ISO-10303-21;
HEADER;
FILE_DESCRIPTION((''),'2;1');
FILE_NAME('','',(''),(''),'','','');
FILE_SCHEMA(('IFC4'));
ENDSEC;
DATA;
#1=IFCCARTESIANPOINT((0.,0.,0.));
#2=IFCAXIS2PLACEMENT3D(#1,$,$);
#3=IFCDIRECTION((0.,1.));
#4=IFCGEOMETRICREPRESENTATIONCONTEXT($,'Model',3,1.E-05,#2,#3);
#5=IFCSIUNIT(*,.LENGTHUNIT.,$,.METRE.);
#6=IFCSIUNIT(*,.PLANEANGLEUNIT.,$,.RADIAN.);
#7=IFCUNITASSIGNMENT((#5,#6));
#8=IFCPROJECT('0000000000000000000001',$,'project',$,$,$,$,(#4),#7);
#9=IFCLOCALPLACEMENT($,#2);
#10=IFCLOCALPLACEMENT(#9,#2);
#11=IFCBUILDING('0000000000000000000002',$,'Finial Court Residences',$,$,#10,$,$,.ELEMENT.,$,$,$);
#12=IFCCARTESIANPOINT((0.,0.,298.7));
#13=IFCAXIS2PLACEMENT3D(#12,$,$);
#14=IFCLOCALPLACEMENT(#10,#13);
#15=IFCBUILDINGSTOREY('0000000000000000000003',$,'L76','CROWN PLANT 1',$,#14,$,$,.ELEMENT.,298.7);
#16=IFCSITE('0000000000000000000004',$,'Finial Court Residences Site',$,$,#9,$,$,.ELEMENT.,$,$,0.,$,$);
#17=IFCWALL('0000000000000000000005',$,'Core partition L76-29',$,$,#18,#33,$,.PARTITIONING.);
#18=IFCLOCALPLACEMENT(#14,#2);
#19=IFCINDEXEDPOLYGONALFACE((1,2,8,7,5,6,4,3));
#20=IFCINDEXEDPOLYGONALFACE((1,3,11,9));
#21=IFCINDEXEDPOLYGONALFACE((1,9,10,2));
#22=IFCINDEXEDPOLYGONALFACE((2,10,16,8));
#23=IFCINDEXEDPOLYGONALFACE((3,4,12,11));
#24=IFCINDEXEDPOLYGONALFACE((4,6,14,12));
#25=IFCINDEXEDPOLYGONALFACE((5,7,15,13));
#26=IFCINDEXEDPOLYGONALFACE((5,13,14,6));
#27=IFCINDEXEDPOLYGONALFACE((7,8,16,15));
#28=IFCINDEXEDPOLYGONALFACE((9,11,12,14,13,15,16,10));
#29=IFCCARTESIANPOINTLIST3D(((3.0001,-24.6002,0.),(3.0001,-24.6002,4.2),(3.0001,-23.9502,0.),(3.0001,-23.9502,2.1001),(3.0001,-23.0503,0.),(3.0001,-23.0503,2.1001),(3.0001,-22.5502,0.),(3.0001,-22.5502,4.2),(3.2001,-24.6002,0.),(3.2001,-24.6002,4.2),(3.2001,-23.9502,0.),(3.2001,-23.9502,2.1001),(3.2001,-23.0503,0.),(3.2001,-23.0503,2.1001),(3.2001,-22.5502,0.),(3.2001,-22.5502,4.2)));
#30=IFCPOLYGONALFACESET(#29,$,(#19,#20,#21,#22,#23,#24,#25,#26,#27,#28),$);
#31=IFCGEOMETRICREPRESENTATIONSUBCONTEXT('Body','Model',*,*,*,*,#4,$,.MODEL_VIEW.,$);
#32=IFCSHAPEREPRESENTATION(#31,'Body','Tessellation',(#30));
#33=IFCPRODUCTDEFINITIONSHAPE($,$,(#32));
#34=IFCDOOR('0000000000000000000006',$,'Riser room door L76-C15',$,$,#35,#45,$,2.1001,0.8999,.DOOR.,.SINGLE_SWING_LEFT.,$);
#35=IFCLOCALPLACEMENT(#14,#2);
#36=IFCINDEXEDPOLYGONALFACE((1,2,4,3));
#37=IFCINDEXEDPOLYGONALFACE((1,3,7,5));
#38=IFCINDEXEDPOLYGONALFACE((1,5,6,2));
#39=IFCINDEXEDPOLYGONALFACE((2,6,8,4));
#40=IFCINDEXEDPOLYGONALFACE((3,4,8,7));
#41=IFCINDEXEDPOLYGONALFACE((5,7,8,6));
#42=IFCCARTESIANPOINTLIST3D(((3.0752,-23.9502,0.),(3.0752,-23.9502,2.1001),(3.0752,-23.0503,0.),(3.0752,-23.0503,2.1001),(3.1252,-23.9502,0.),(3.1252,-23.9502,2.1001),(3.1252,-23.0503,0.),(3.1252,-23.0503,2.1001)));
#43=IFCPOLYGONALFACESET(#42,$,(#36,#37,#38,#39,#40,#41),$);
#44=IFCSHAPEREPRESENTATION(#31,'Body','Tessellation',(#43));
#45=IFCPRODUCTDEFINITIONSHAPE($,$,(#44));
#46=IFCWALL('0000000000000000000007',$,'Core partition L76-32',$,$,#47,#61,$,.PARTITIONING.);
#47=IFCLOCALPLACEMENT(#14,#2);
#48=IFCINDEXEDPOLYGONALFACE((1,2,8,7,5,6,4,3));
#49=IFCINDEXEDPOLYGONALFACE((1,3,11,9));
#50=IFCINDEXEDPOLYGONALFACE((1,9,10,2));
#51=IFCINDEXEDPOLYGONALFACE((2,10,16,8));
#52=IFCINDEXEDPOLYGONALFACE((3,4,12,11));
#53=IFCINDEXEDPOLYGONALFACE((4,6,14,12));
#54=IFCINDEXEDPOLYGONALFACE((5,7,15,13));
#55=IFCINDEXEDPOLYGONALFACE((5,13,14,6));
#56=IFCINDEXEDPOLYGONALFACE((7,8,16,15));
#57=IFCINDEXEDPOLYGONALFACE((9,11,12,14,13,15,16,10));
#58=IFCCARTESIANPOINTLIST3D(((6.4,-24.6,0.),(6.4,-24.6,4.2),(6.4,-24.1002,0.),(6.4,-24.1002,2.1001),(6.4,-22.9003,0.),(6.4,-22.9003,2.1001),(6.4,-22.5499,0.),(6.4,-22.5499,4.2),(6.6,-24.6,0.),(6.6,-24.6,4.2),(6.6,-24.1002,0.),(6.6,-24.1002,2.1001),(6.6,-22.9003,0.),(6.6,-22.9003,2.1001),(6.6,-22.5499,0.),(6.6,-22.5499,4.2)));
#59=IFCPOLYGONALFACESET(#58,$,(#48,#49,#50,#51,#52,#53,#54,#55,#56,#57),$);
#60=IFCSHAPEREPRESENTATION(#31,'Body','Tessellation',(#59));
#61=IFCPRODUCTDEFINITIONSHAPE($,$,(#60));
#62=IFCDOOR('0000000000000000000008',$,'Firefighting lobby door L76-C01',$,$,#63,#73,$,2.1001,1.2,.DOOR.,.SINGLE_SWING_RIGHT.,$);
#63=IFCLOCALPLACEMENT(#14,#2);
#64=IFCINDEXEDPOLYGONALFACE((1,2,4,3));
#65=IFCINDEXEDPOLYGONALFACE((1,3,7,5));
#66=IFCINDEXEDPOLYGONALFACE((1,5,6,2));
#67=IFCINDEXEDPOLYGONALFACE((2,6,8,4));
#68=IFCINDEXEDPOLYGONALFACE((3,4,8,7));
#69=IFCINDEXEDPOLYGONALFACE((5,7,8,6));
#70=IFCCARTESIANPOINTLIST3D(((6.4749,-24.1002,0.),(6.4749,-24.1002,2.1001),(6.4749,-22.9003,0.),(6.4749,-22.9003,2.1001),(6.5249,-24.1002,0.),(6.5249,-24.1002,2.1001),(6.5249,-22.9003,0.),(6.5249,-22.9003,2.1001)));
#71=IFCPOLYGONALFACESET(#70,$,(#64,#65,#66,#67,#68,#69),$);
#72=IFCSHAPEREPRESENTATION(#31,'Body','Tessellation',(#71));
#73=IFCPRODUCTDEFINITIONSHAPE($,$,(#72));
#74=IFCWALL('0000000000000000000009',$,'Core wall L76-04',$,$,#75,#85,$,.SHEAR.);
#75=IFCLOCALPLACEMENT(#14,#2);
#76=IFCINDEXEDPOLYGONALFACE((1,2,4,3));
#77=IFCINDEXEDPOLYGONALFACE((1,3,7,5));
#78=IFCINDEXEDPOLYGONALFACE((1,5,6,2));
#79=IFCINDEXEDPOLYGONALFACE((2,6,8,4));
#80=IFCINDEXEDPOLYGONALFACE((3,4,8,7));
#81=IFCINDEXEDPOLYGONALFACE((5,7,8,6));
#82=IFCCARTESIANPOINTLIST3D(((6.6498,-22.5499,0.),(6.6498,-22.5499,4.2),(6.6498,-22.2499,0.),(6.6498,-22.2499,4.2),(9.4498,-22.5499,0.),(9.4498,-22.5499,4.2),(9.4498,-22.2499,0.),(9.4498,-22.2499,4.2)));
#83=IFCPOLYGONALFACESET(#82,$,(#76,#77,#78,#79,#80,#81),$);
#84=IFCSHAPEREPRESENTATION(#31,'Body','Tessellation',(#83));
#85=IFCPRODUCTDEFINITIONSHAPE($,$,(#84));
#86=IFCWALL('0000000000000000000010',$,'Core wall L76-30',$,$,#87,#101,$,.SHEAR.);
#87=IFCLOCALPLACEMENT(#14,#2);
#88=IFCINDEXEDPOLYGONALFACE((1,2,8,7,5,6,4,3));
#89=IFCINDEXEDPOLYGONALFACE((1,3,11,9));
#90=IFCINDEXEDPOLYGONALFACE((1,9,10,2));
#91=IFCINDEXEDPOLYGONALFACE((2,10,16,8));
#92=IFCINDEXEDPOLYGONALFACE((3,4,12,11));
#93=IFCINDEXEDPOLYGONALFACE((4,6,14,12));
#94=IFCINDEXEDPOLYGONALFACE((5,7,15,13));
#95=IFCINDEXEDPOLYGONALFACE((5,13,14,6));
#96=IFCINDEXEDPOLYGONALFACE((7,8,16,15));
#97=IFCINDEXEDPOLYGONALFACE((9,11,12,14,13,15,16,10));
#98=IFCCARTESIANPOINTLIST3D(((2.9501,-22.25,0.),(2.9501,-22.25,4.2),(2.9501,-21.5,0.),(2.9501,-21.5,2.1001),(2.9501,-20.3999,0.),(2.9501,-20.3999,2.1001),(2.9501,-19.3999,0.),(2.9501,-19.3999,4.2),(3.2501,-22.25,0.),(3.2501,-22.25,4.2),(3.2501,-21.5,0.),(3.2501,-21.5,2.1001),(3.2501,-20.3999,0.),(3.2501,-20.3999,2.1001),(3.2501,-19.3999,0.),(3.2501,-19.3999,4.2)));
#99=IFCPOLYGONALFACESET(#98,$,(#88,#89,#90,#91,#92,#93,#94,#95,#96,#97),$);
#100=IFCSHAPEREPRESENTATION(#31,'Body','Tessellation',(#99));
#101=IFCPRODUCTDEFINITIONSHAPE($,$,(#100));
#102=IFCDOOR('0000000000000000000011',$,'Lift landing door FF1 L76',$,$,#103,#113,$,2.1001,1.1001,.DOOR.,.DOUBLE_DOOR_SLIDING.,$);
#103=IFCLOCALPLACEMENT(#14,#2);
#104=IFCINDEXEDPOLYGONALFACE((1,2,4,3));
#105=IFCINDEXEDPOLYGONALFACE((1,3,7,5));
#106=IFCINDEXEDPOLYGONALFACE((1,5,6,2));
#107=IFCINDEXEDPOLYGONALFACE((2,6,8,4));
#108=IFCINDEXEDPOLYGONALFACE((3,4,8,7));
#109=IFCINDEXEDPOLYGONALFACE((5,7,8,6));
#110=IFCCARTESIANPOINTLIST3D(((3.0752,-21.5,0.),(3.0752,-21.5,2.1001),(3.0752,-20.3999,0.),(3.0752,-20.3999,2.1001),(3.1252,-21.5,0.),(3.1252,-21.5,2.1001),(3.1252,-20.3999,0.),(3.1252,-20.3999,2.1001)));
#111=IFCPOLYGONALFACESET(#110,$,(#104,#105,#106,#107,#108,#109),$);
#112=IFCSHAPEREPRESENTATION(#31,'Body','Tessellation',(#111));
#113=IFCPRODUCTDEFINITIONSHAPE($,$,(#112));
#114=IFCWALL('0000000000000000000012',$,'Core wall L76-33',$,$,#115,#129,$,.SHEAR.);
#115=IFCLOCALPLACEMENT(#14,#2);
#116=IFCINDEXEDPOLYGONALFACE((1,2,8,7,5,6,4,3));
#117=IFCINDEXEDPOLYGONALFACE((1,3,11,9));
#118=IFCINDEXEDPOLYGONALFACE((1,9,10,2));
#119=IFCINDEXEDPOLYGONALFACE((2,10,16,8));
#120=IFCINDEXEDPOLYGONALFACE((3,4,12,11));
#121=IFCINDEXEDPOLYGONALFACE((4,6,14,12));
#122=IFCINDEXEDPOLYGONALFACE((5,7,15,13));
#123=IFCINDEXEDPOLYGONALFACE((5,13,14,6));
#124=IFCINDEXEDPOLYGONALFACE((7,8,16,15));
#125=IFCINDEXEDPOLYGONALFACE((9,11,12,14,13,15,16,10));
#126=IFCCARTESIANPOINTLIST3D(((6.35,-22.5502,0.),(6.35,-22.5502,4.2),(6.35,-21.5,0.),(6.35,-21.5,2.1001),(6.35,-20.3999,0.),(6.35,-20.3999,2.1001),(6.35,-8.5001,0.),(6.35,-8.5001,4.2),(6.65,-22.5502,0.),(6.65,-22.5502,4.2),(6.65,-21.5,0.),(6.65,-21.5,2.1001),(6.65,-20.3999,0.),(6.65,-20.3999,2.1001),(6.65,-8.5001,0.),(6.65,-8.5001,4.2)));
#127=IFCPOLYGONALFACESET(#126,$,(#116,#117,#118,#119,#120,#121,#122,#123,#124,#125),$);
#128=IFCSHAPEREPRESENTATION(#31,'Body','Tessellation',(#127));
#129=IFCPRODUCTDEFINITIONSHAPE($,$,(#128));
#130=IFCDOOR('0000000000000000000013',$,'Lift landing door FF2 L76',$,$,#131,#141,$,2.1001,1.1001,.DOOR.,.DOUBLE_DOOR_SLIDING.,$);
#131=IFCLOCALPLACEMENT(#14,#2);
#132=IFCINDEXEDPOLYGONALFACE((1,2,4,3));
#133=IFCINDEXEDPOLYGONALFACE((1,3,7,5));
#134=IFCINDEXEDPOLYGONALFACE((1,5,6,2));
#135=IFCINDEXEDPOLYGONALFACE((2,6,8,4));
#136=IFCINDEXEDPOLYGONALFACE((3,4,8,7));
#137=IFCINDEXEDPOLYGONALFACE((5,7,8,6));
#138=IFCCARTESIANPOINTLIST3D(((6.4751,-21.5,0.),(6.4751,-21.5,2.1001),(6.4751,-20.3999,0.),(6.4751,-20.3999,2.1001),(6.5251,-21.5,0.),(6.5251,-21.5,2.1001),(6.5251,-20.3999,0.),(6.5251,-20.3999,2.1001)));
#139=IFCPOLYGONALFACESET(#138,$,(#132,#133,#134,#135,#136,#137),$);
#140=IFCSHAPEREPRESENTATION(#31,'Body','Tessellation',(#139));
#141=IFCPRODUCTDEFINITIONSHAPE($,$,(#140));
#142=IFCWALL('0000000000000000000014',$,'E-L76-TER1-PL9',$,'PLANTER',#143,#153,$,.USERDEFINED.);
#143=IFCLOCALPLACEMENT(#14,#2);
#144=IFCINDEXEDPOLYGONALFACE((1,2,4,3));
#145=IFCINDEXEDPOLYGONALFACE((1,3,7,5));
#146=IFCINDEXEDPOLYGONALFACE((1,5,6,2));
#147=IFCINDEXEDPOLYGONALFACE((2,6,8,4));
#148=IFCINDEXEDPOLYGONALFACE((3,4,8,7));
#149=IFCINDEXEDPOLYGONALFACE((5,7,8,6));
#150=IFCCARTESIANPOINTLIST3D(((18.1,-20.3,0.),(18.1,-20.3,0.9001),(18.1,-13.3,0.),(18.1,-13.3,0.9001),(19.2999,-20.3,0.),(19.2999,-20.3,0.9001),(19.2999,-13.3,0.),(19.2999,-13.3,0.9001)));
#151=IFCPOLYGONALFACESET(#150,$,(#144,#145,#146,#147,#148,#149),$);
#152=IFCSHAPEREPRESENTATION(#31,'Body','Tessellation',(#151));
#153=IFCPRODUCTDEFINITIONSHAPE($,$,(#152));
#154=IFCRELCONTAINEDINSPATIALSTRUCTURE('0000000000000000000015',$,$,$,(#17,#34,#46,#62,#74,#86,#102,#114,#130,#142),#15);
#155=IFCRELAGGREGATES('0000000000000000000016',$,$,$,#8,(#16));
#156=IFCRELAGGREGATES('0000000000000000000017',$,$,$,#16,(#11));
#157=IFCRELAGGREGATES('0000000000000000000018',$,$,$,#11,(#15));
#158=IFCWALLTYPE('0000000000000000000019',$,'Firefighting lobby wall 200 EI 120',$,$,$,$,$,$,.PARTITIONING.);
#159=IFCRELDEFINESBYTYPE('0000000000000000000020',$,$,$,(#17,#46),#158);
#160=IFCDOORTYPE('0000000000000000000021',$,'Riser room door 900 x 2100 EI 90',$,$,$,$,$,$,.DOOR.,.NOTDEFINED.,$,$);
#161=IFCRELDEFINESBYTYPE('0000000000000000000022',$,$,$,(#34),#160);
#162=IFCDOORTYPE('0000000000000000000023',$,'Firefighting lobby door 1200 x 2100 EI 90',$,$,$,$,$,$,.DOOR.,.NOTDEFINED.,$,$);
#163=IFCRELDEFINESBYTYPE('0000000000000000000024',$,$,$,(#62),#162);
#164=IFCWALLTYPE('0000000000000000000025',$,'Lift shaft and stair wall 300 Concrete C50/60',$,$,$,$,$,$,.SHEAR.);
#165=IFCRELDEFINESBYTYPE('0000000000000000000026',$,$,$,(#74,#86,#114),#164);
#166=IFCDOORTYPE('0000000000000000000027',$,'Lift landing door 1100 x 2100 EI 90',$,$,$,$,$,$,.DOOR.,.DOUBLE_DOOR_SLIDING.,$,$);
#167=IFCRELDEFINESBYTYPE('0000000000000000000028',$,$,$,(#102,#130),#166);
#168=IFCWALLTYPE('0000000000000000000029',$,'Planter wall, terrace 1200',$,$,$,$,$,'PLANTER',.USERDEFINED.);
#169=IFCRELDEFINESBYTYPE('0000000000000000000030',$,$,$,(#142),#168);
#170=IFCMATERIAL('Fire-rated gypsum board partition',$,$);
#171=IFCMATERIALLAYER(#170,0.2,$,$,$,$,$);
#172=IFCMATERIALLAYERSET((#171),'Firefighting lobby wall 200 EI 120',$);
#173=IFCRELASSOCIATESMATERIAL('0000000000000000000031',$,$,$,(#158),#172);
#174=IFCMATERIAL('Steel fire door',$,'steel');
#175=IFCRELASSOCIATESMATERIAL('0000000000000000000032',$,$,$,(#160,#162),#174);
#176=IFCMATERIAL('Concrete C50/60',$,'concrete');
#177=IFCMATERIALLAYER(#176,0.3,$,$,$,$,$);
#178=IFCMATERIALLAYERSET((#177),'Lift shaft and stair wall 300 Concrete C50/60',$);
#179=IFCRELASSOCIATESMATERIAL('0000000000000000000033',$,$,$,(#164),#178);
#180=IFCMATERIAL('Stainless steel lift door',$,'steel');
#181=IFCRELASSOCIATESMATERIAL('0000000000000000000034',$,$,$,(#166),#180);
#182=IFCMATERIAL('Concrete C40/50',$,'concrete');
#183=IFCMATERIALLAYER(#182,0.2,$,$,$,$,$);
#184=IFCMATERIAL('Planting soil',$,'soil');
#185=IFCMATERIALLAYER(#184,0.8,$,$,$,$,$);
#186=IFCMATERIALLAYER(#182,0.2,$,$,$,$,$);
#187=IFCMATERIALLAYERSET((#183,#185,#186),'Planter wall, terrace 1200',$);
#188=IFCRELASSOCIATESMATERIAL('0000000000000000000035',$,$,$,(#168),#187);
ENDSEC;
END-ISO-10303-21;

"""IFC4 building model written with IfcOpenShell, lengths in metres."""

from ifc_helpers import new_model, si_unit, direction, frame, frame_2d, origin, place, context, subcontext, project, spatial, rectangle, extrude, material, layer, layer_set, type_object, element, fill, save


model = new_model("IFC4")

# Units and contexts
model_context = context("Model", 3, precision=1e-05, world=origin(), true_north=direction((0.0, 1.0)))
body_context = subcontext(model_context, "Body", "Model", "MODEL_VIEW")
ifc_project = project(units=[si_unit("LENGTHUNIT", "METRE"), si_unit("PLANEANGLEUNIT", "RADIAN")], contexts=[model_context])

# Site, building, storey
site_placement = place(None, origin())
site = spatial("IfcSite", under=ifc_project, at=site_placement, Name="Finial Court Residences Site", CompositionType="ELEMENT", RefElevation=0.0)
building_placement = place(site_placement, origin())
building = spatial("IfcBuilding", under=site, at=building_placement, Name="Finial Court Residences", CompositionType="ELEMENT")
storey_placement = place(building_placement, frame((0.0, 0.0, 298.7)))
storey = spatial("IfcBuildingStorey", under=building, at=storey_placement, Name="L76", Description="CROWN PLANT 1", CompositionType="ELEMENT", Elevation=298.7)

# Shared definitions
ifc_material_1 = material(Name="Concrete C50/60", Category="concrete")

# Walls, openings, doors
ifc_material_2 = material(Name="Fire-rated gypsum board partition")
ifc_layer_1 = layer(ifc_material_2, 0.2)
ifc_layer_set_1 = layer_set([ifc_layer_1], Name="Firefighting lobby wall 200 EI 120")
wall_type_1 = type_object("IfcWallType", Name="Firefighting lobby wall 200 EI 120", PredefinedType="PARTITIONING", material=ifc_layer_set_1)
ifc_material_3 = material(Name="Steel fire door", Category="steel")
wall_1_placement = place(storey_placement, frame((3.1001, -24.6001, 0.0), z_axis=(0.0, 0.0, 1.0), x_axis=(0.0, 1.0, 0.0)))
wall_1 = element("IfcWall", 1, at=wall_1_placement, inside=storey, type_object=wall_type_1, Name="Core partition L76-29", PredefinedType="PARTITIONING", context=body_context, shape_type="SweptSolid", body=[
    extrude(rectangle(XDim=2.05, YDim=0.2, at=frame_2d((1.0249, 0.0))), origin(), (0.0, 0.0, 1.0), 4.2),
])
opening_1_placement = place(wall_1_placement, frame((0.6499, 0.0, 0.0)))
opening_1 = element("IfcOpeningElement", 2, at=opening_1_placement, cuts=wall_1, PredefinedType="OPENING", context=body_context, shape_type="SweptSolid", body=[
    extrude(rectangle(XDim=0.8999, YDim=2.1001, at=frame_2d((0.45, 1.05))), frame((0.0, 0.1099, 0.0), z_axis=(0.0, -1.0, 0.0), x_axis=(1.0, 0.0, 0.0)), (0.0, 0.0, 1.0), 0.22),
])
door_type_1 = type_object("IfcDoorType", Name="Riser room door 900 x 2100 EI 90", OperationType="NOTDEFINED", PredefinedType="DOOR", material=ifc_material_3)
door_1_placement = place(opening_1_placement, origin())
door_1 = element("IfcDoor", 3, at=door_1_placement, inside=storey, type_object=door_type_1, Name="Riser room door L76-C15", OperationType="SINGLE_SWING_LEFT", OverallHeight=2.1001, OverallWidth=0.8999, PredefinedType="DOOR", context=body_context, shape_type="SweptSolid", body=[
    extrude(rectangle(XDim=0.8999, YDim=2.1001, at=frame_2d((0.45, 1.05))), frame((0.0, 0.0249, 0.0), z_axis=(0.0, -1.0, 0.0), x_axis=(1.0, 0.0, 0.0)), (0.0, 0.0, 1.0), 0.05),
])
fill(opening_1, door_1)
wall_2_placement = place(storey_placement, frame((6.5, -22.55, 0.0), z_axis=(0.0, 0.0, 1.0), x_axis=(0.0, -1.0, 0.0)))
wall_2 = element("IfcWall", 4, at=wall_2_placement, inside=storey, type_object=wall_type_1, Name="Core partition L76-32", PredefinedType="PARTITIONING", context=body_context, shape_type="SweptSolid", body=[
    extrude(rectangle(XDim=2.05, YDim=0.2, at=frame_2d((1.0249, 0.0))), origin(), (0.0, 0.0, 1.0), 4.2),
])
opening_2_placement = place(wall_2_placement, frame((0.3501, 0.0, 0.0)))
opening_2 = element("IfcOpeningElement", 5, at=opening_2_placement, cuts=wall_2, PredefinedType="OPENING", context=body_context, shape_type="SweptSolid", body=[
    extrude(rectangle(XDim=1.2, YDim=2.1001, at=frame_2d((0.6001, 1.05))), frame((0.0, 0.1099, 0.0), z_axis=(0.0, -1.0, 0.0), x_axis=(1.0, 0.0, 0.0)), (0.0, 0.0, 1.0), 0.22),
])
door_type_2 = type_object("IfcDoorType", Name="Firefighting lobby door 1200 x 2100 EI 90", OperationType="NOTDEFINED", PredefinedType="DOOR", material=ifc_material_3)
door_2_placement = place(opening_2_placement, origin())
door_2 = element("IfcDoor", 6, at=door_2_placement, inside=storey, type_object=door_type_2, Name="Firefighting lobby door L76-C01", OperationType="SINGLE_SWING_RIGHT", OverallHeight=2.1001, OverallWidth=1.2, PredefinedType="DOOR", context=body_context, shape_type="SweptSolid", body=[
    extrude(rectangle(XDim=1.2, YDim=2.1001, at=frame_2d((0.6001, 1.05))), frame((0.0, 0.0249, 0.0), z_axis=(0.0, -1.0, 0.0), x_axis=(1.0, 0.0, 0.0)), (0.0, 0.0, 1.0), 0.05),
])
fill(opening_2, door_2)

# Wall
ifc_layer_2 = layer(ifc_material_1, 0.3)
ifc_layer_set_2 = layer_set([ifc_layer_2], Name="Lift shaft and stair wall 300 Concrete C50/60")
wall_type_2 = type_object("IfcWallType", Name="Lift shaft and stair wall 300 Concrete C50/60", PredefinedType="SHEAR", material=ifc_layer_set_2)
wall_3_placement = place(storey_placement, frame((6.6499, -22.3999, 0.0), z_axis=(0.0, 0.0, 1.0), x_axis=(1.0, 0.0, 0.0)))
element("IfcWall", 7, at=wall_3_placement, inside=storey, type_object=wall_type_2, Name="Core wall L76-04", PredefinedType="SHEAR", context=body_context, shape_type="SweptSolid", body=[
    extrude(rectangle(XDim=2.8, YDim=0.3, at=frame_2d((1.3999, 0.0))), origin(), (0.0, 0.0, 1.0), 4.2),
])

# Walls, openings, doors
wall_4_placement = place(storey_placement, frame((3.1001, -22.25, 0.0), z_axis=(0.0, 0.0, 1.0), x_axis=(0.0, 1.0, 0.0)))
wall_4 = element("IfcWall", 8, at=wall_4_placement, inside=storey, type_object=wall_type_2, Name="Core wall L76-30", PredefinedType="SHEAR", context=body_context, shape_type="SweptSolid", body=[
    extrude(rectangle(XDim=2.8501, YDim=0.3, at=frame_2d((1.425, 0.0))), origin(), (0.0, 0.0, 1.0), 4.2),
])
opening_3_placement = place(wall_4_placement, frame((0.75, 0.0, 0.0)))
opening_3 = element("IfcOpeningElement", 9, at=opening_3_placement, cuts=wall_4, PredefinedType="OPENING", context=body_context, shape_type="SweptSolid", body=[
    extrude(rectangle(XDim=1.1001, YDim=2.1001, at=frame_2d((0.55, 1.05))), frame((0.0, 0.1599, 0.0), z_axis=(0.0, -1.0, 0.0), x_axis=(1.0, 0.0, 0.0)), (0.0, 0.0, 1.0), 0.3201),
])
ifc_material_4 = material(Name="Stainless steel lift door", Category="steel")
door_type_3 = type_object("IfcDoorType", Name="Lift landing door 1100 x 2100 EI 90", OperationType="DOUBLE_DOOR_SLIDING", PredefinedType="DOOR", material=ifc_material_4)
door_3_placement = place(opening_3_placement, origin())
door_3 = element("IfcDoor", 10, at=door_3_placement, inside=storey, type_object=door_type_3, Name="Lift landing door FF1 L76", OperationType="DOUBLE_DOOR_SLIDING", OverallHeight=2.1001, OverallWidth=1.1001, PredefinedType="DOOR", context=body_context, shape_type="SweptSolid", body=[
    extrude(rectangle(XDim=1.1001, YDim=2.1001, at=frame_2d((0.55, 1.05))), frame((0.0, 0.0249, 0.0), z_axis=(0.0, -1.0, 0.0), x_axis=(1.0, 0.0, 0.0)), (0.0, 0.0, 1.0), 0.05),
])
fill(opening_3, door_3)
wall_5_placement = place(storey_placement, frame((6.5, -22.55, 0.0), z_axis=(0.0, 0.0, 1.0), x_axis=(0.0, 1.0, 0.0)))
wall_5 = element("IfcWall", 11, at=wall_5_placement, inside=storey, type_object=wall_type_2, Name="Core wall L76-33", PredefinedType="SHEAR", context=body_context, shape_type="SweptSolid", body=[
    extrude(rectangle(XDim=14.05, YDim=0.3, at=frame_2d((7.0249, 0.0))), origin(), (0.0, 0.0, 1.0), 4.2),
])
opening_4_placement = place(wall_5_placement, frame((1.05, 0.0, 0.0)))
opening_4 = element("IfcOpeningElement", 12, at=opening_4_placement, cuts=wall_5, PredefinedType="OPENING", context=body_context, shape_type="SweptSolid", body=[
    extrude(rectangle(XDim=1.1001, YDim=2.1001, at=frame_2d((0.55, 1.05))), frame((0.0, 0.1599, 0.0), z_axis=(0.0, -1.0, 0.0), x_axis=(1.0, 0.0, 0.0)), (0.0, 0.0, 1.0), 0.3201),
])
door_4_placement = place(opening_4_placement, origin())
door_4 = element("IfcDoor", 13, at=door_4_placement, inside=storey, type_object=door_type_3, Name="Lift landing door FF2 L76", OperationType="DOUBLE_DOOR_SLIDING", OverallHeight=2.1001, OverallWidth=1.1001, PredefinedType="DOOR", context=body_context, shape_type="SweptSolid", body=[
    extrude(rectangle(XDim=1.1001, YDim=2.1001, at=frame_2d((0.55, 1.05))), frame((0.0, 0.0249, 0.0), z_axis=(0.0, -1.0, 0.0), x_axis=(1.0, 0.0, 0.0)), (0.0, 0.0, 1.0), 0.05),
])
fill(opening_4, door_4)

# Wall
ifc_material_5 = material(Name="Concrete C40/50", Category="concrete")
ifc_layer_3 = layer(ifc_material_5, 0.2)
ifc_material_6 = material(Name="Planting soil", Category="soil")
ifc_layer_4 = layer(ifc_material_6, 0.8)
ifc_layer_5 = layer(ifc_material_5, 0.2)
ifc_layer_set_3 = layer_set([ifc_layer_3, ifc_layer_4, ifc_layer_5], Name="Planter wall, terrace 1200")
wall_type_3 = type_object("IfcWallType", Name="Planter wall, terrace 1200", ElementType="PLANTER", PredefinedType="USERDEFINED", material=ifc_layer_set_3)
wall_6_placement = place(storey_placement, frame((18.7, -20.3, 0.0), z_axis=(0.0, 0.0, 1.0), x_axis=(0.0, 1.0, 0.0)))
element("IfcWall", 14, at=wall_6_placement, inside=storey, type_object=wall_type_3, Name="E-L76-TER1-PL9", ObjectType="PLANTER", PredefinedType="USERDEFINED", context=body_context, shape_type="SweptSolid", body=[
    extrude(rectangle(XDim=7.0, YDim=1.2, at=frame_2d((3.5, 0.0))), origin(), (0.0, 0.0, 1.0), 0.9001),
])

save(model, "model.ifc")
